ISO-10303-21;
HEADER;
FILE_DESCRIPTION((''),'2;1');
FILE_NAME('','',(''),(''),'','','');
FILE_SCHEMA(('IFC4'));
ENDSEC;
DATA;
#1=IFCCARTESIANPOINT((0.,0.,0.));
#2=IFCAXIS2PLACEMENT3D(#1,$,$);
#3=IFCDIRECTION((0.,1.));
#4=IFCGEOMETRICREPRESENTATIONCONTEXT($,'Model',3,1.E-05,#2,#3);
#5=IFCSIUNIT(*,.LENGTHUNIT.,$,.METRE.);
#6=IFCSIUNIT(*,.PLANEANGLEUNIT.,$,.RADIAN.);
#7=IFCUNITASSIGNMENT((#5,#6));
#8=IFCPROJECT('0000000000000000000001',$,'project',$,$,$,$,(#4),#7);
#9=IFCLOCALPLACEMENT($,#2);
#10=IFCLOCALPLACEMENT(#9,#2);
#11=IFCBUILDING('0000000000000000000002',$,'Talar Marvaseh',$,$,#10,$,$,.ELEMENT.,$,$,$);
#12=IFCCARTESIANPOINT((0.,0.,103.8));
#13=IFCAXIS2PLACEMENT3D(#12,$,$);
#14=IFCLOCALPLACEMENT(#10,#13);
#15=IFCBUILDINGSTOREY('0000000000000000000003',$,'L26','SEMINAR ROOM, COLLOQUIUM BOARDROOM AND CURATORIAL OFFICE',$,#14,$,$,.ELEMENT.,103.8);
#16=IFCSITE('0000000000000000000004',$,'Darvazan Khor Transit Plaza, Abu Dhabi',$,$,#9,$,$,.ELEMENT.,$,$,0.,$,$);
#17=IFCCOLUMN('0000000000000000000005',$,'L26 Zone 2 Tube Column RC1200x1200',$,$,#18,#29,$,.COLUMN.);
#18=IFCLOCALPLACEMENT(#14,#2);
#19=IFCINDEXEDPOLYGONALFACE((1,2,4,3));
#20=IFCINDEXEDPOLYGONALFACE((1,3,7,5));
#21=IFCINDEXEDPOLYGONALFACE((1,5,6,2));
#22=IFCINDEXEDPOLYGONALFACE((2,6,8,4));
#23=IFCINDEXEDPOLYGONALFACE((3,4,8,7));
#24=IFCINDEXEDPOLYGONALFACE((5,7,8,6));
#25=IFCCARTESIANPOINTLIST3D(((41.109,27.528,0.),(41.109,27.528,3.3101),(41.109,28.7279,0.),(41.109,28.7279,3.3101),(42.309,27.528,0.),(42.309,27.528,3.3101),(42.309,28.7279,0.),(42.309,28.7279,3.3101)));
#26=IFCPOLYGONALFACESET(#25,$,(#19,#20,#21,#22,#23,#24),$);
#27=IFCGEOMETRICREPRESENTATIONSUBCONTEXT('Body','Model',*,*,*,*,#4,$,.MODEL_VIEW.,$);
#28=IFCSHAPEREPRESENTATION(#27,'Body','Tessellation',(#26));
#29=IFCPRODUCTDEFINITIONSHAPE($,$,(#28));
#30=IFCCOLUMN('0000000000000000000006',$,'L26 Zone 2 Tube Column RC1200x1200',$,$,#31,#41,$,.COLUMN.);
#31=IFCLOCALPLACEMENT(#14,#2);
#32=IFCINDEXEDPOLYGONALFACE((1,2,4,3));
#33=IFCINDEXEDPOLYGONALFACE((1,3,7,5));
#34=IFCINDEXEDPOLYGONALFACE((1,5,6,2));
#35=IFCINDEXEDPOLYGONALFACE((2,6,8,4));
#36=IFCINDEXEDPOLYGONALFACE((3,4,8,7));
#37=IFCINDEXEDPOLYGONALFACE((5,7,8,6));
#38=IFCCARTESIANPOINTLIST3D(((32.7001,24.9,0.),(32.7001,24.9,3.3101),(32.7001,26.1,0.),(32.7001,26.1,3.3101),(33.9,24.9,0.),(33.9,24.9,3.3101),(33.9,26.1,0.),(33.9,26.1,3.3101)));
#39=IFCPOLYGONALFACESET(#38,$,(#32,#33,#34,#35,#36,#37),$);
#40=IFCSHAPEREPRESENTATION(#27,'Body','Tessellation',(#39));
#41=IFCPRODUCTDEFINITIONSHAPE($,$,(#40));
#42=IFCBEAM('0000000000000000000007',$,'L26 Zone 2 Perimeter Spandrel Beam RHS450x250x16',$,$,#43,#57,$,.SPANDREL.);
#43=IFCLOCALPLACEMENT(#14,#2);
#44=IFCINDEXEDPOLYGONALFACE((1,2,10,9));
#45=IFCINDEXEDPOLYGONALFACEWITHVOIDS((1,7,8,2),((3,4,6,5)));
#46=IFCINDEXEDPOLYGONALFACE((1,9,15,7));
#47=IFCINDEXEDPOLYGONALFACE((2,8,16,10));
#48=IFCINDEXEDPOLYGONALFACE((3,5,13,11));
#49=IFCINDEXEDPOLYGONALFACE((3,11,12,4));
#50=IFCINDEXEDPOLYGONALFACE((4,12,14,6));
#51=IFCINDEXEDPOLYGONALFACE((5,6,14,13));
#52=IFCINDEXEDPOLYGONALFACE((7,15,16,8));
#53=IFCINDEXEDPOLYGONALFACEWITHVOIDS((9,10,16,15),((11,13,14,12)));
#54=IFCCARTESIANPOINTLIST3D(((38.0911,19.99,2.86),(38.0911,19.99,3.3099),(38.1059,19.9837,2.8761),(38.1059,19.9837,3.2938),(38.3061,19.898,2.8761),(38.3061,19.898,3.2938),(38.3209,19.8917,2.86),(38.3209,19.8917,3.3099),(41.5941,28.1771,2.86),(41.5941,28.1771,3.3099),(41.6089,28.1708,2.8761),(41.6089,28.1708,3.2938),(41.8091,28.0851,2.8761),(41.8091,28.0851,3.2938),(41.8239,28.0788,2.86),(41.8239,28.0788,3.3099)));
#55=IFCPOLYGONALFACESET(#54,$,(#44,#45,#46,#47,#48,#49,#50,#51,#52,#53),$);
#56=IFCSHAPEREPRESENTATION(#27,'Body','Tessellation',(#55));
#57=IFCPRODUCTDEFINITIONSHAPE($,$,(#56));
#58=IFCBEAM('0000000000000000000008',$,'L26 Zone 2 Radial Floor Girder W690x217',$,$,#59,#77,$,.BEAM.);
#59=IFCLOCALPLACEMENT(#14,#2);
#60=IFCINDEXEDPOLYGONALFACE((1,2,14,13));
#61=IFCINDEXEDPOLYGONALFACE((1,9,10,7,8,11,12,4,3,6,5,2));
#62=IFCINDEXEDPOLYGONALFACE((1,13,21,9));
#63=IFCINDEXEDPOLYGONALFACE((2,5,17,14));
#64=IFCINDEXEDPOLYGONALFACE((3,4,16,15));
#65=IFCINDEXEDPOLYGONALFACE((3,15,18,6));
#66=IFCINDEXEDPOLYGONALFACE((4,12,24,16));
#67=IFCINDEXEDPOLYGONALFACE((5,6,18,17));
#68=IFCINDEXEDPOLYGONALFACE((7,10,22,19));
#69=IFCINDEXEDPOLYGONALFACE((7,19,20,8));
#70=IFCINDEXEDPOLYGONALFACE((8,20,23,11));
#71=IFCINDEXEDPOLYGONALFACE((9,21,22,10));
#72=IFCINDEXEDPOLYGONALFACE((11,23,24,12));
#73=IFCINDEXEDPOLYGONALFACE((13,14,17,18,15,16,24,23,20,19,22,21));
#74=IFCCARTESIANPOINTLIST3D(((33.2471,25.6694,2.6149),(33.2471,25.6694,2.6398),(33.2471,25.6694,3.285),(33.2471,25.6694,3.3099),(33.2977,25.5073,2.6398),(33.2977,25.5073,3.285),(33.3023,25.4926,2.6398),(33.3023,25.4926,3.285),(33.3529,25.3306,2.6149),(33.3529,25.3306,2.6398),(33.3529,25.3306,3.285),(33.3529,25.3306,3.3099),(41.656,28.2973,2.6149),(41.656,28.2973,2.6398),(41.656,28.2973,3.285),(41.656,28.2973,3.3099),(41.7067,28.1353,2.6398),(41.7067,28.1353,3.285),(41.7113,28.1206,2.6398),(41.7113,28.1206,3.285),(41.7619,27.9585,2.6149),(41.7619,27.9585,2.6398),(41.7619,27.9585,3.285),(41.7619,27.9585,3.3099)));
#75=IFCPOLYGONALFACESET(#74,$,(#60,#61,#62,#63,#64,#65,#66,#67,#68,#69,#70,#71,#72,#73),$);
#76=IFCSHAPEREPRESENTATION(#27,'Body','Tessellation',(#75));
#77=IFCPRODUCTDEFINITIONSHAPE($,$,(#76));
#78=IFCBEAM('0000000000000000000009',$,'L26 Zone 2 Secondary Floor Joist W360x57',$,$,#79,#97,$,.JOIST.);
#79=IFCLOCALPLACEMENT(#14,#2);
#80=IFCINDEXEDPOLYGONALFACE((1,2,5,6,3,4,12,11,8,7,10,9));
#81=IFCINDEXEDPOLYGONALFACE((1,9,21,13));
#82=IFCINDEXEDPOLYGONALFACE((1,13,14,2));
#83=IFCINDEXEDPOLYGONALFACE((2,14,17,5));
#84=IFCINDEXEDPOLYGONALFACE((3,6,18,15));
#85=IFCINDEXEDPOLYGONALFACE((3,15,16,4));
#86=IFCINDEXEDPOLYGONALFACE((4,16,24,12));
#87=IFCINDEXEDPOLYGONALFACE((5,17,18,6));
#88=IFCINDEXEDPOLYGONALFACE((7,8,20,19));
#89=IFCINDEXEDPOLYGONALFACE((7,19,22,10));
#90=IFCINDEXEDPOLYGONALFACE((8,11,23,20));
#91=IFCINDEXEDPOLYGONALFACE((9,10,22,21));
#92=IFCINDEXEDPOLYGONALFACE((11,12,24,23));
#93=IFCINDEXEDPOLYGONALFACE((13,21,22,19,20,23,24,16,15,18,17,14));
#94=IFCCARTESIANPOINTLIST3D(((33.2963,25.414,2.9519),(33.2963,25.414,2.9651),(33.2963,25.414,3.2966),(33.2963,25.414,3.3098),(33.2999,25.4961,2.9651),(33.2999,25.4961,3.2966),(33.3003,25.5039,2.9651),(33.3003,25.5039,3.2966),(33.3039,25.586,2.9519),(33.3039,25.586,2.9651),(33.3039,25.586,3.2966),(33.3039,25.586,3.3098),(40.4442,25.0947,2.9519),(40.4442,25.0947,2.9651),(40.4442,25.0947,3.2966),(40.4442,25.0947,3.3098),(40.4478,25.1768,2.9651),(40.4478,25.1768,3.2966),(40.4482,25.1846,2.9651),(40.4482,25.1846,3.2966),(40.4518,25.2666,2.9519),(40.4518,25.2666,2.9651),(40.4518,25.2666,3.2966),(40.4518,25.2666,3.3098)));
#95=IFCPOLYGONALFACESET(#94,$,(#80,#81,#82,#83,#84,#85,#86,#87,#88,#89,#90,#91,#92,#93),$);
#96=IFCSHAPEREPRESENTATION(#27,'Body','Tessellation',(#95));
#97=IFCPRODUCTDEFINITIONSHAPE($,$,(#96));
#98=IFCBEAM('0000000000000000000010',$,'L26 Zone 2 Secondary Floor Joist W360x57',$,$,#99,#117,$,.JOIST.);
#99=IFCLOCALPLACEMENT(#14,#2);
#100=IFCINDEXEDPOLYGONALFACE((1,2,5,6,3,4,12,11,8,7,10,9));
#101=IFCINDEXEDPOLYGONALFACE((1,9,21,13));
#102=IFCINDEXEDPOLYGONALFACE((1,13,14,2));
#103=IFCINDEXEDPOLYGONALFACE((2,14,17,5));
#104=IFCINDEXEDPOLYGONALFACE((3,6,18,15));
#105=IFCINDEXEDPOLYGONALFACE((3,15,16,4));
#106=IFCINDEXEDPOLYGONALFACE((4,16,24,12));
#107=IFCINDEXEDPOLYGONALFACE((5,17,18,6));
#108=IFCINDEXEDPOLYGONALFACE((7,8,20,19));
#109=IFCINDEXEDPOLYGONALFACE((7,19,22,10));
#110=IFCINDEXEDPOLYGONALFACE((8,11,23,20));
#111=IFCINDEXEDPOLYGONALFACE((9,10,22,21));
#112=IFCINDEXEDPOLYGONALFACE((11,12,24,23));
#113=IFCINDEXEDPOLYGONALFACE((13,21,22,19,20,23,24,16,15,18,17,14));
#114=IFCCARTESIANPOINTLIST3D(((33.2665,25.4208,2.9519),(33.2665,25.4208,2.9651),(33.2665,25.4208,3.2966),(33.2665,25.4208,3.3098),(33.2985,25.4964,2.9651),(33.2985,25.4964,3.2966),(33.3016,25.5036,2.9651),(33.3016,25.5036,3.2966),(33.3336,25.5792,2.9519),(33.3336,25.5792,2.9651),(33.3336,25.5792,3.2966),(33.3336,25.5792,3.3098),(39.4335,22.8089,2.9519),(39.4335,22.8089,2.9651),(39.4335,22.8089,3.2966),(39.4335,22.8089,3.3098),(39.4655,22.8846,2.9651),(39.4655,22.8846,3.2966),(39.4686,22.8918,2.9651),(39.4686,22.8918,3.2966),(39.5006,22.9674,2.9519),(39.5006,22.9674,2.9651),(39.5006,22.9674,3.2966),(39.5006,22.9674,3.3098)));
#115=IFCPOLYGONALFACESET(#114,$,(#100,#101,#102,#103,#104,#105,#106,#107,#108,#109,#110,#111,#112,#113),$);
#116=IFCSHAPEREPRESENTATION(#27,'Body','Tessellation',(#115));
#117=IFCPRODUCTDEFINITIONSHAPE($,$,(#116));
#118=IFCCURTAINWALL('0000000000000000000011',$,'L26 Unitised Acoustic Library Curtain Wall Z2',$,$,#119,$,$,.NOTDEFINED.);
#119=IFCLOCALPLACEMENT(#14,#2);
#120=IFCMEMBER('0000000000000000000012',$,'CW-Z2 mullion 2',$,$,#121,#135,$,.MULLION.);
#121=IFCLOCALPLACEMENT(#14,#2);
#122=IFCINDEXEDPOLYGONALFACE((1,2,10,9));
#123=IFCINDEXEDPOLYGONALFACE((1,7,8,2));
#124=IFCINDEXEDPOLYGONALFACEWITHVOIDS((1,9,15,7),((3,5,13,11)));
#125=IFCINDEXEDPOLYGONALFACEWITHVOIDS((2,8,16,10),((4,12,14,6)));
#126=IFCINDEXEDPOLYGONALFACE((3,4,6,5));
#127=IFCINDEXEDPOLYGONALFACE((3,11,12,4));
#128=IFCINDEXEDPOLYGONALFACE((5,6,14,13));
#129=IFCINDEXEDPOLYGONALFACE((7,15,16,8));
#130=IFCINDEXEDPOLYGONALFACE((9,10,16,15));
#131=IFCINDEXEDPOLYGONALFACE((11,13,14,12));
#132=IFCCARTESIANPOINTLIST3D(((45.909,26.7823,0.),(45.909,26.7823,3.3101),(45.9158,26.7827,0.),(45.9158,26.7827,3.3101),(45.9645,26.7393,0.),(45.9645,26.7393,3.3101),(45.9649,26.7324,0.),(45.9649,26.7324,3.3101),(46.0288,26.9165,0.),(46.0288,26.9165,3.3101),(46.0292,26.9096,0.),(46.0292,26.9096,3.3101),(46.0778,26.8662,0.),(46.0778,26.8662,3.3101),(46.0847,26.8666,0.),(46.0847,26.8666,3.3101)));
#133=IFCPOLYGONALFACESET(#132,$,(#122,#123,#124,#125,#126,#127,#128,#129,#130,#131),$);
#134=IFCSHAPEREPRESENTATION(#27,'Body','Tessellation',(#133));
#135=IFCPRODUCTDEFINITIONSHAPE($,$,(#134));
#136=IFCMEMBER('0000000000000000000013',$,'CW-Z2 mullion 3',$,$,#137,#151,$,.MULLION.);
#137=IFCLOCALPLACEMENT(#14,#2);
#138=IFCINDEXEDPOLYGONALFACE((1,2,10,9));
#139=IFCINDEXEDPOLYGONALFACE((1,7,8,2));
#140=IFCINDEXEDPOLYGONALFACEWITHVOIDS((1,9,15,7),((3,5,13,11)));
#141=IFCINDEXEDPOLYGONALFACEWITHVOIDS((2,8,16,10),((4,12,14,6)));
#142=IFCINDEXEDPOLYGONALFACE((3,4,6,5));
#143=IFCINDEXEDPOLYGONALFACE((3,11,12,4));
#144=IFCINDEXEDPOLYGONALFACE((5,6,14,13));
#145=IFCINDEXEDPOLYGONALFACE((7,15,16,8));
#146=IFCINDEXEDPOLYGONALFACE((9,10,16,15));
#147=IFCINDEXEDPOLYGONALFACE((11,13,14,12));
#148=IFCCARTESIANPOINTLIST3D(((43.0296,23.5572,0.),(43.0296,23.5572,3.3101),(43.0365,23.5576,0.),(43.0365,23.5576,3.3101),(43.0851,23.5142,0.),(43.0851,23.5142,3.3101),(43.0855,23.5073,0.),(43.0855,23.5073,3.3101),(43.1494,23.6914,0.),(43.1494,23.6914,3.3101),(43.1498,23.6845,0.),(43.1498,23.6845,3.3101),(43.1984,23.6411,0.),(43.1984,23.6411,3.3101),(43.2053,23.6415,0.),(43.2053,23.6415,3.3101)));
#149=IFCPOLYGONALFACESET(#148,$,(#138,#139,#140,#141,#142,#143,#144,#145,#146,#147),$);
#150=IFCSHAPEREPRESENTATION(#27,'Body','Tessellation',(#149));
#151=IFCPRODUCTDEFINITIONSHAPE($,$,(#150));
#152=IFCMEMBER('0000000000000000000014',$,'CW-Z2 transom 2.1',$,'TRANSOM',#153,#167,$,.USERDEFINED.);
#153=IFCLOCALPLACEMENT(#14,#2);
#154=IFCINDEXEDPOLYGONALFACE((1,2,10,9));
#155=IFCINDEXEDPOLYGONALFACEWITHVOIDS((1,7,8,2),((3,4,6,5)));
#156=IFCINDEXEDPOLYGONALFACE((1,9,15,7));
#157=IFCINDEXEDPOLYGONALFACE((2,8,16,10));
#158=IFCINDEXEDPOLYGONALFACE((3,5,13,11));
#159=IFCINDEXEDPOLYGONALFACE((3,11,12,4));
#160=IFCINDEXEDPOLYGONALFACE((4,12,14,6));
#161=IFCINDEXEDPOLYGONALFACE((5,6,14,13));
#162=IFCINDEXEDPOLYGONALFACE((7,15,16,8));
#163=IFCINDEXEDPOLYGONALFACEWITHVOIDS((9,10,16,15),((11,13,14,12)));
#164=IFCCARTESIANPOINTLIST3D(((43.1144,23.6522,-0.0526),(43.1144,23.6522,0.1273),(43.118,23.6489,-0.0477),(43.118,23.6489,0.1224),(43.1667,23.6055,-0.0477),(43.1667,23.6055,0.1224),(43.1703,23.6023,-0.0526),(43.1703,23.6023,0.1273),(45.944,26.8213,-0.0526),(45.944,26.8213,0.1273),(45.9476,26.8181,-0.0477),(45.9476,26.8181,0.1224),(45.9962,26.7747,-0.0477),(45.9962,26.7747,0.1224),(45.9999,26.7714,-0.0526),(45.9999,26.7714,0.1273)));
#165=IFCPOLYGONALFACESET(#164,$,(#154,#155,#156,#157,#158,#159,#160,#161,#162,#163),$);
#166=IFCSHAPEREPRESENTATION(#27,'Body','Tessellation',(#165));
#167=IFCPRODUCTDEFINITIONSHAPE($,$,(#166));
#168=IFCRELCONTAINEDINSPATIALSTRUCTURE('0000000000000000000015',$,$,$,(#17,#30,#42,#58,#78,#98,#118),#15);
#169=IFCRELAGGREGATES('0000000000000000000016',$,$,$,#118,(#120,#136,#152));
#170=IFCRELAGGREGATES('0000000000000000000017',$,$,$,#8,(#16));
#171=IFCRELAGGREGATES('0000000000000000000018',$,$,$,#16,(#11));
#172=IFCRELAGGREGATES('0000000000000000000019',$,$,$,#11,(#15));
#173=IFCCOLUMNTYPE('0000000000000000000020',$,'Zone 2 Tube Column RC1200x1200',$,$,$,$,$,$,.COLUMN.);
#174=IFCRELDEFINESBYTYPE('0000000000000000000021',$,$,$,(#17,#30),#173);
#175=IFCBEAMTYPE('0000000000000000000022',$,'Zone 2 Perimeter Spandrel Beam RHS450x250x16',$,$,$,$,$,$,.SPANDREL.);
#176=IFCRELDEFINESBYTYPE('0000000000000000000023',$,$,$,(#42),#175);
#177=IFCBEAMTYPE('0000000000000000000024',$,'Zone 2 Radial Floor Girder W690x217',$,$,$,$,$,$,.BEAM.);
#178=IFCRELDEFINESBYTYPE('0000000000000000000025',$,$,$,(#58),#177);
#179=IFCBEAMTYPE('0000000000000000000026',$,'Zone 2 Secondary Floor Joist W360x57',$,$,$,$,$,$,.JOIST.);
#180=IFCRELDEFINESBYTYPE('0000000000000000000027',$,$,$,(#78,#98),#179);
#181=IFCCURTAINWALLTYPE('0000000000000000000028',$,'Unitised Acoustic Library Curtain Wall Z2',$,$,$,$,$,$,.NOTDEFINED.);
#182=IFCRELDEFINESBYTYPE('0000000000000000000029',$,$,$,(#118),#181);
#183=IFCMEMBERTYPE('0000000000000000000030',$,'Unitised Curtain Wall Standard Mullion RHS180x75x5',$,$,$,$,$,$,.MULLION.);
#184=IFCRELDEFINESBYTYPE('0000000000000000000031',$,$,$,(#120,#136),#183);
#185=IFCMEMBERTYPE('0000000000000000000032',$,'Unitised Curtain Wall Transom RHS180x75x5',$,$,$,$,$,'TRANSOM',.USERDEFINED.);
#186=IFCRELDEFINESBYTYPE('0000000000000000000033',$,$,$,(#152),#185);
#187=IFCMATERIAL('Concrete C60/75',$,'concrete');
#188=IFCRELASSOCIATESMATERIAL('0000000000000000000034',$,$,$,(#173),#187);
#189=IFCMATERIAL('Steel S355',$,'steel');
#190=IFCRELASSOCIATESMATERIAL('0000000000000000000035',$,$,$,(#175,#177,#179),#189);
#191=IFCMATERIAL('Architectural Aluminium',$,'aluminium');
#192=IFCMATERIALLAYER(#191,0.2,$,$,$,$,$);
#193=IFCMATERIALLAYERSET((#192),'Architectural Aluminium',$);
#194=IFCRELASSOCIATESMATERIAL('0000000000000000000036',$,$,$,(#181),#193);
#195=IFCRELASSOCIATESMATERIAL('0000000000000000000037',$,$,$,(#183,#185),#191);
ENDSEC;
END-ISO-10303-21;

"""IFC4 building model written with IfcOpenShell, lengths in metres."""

from ifc_helpers import new_model, si_unit, direction, frame, origin, origin_2d, place, context, subcontext, project, spatial, rectangle, hollow_rectangle, i_section, extrude, source, transform, mapped, material, layer, layer_set, material_profile, profile_set, type_object, type_shapes, element, aggregate, save


model = new_model("IFC4")

# Units and contexts
model_context = context("Model", 3, precision=1e-05, world=origin(), true_north=direction((0.0, 1.0)))
body_context = subcontext(model_context, "Body", "Model", "MODEL_VIEW")
ifc_project = project(units=[si_unit("LENGTHUNIT", "METRE"), si_unit("PLANEANGLEUNIT", "RADIAN")], contexts=[model_context])

# Site, building, storey
site_placement = place(None, origin())
site = spatial("IfcSite", under=ifc_project, at=site_placement, Name="Darvazan Khor Transit Plaza, Abu Dhabi", CompositionType="ELEMENT", RefElevation=0.0)
building_placement = place(site_placement, origin())
building = spatial("IfcBuilding", under=site, at=building_placement, Name="Talar Marvaseh", CompositionType="ELEMENT")
storey_placement = place(building_placement, frame((0.0, 0.0, 103.8)))
storey = spatial("IfcBuildingStorey", under=building, at=storey_placement, Name="L26", Description="SEMINAR ROOM, COLLOQUIUM BOARDROOM AND CURATORIAL OFFICE", CompositionType="ELEMENT", Elevation=103.8)

# Columns
ifc_material_1 = material(Name="Concrete C60/75", Category="concrete")
ifc_material_profile_1 = material_profile(ifc_material_1, rectangle(XDim=1.2, YDim=1.2, at=origin_2d()), Name="RC1200x1200")
ifc_profile_set_1 = profile_set([ifc_material_profile_1], Name="Concrete C60/75")
column_type = type_object("IfcColumnType", Name="Zone 2 Tube Column RC1200x1200", PredefinedType="COLUMN", material=ifc_profile_set_1)
for number, where, z_axis, x_axis, name in (
    (1, (41.709, 28.1279, 0.0), (0.0, 0.0, 1.0), (1.0, 0.0, 0.0), "L26 Zone 2 Tube Column RC1200x1200"),
    (2, (33.3, 25.5, 0.0), (0.0, 0.0, 1.0), (1.0, 0.0, 0.0), "L26 Zone 2 Tube Column RC1200x1200"),
):
    element("IfcColumn", number, at=place(storey_placement, frame(where, z_axis=z_axis, x_axis=x_axis)), inside=storey, type_object=column_type, Name=name, PredefinedType="COLUMN", context=body_context, shape_type="SweptSolid", body=[
        extrude(rectangle(XDim=1.2, YDim=1.2, at=origin_2d()), origin(), (0.0, 0.0, 1.0), 3.3101),
    ])

# Beams
ifc_material_2 = material(Name="Steel S355", Category="steel")
ifc_material_profile_2 = material_profile(ifc_material_2, hollow_rectangle(XDim=0.25, YDim=0.45, WallThickness=0.0161, at=origin_2d()), Name="RHS450x250x16")
ifc_profile_set_2 = profile_set([ifc_material_profile_2], Name="Steel S355")
beam_type_1 = type_object("IfcBeamType", Name="Zone 2 Perimeter Spandrel Beam RHS450x250x16", PredefinedType="SPANDREL", material=ifc_profile_set_2)
beam_1_placement = place(storey_placement, frame((41.709, 28.1279, 3.085), z_axis=(-0.39337, -0.91938, 0.0), x_axis=(0.91938, -0.39337, 0.0)))
element("IfcBeam", 3, at=beam_1_placement, inside=storey, type_object=beam_type_1, Name="L26 Zone 2 Perimeter Spandrel Beam RHS450x250x16", PredefinedType="SPANDREL", context=body_context, shape_type="SweptSolid", body=[
    extrude(hollow_rectangle(XDim=0.25, YDim=0.45, WallThickness=0.0161, at=origin_2d()), origin(), (0.0, 0.0, 1.0), 8.905),
])
ifc_material_profile_3 = material_profile(ifc_material_2, i_section(OverallWidth=0.355, OverallDepth=0.6951, WebThickness=0.0154, FlangeThickness=0.0249, at=origin_2d()), Name="W690x217")
ifc_profile_set_3 = profile_set([ifc_material_profile_3], Name="Steel S355")
beam_type_2 = type_object("IfcBeamType", Name="Zone 2 Radial Floor Girder W690x217", PredefinedType="BEAM", material=ifc_profile_set_3)
beam_2_placement = place(storey_placement, frame((41.709, 28.1279, 2.9624), z_axis=(-0.954476, -0.298289, 0.0), x_axis=(0.298289, -0.954476, 0.0)))
element("IfcBeam", 4, at=beam_2_placement, inside=storey, type_object=beam_type_2, Name="L26 Zone 2 Radial Floor Girder W690x217", PredefinedType="BEAM", context=body_context, shape_type="SweptSolid", body=[
    extrude(i_section(OverallWidth=0.355, OverallDepth=0.6951, WebThickness=0.0154, FlangeThickness=0.0249, at=origin_2d()), origin(), (0.0, 0.0, 1.0), 8.8101),
])
ifc_material_profile_4 = material_profile(ifc_material_2, i_section(OverallWidth=0.1721, OverallDepth=0.3579, WebThickness=0.0078, FlangeThickness=0.0132, at=origin_2d()), Name="W360x57")
ifc_profile_set_4 = profile_set([ifc_material_profile_4], Name="Steel S355")
beam_type_3 = type_object("IfcBeamType", Name="Zone 2 Secondary Floor Joist W360x57", PredefinedType="JOIST", material=ifc_profile_set_4)
beam_3_placement = place(storey_placement, frame((40.448, 25.1807, 3.1309), z_axis=(-0.999004, 0.044631, 0.0), x_axis=(-0.044631, -0.999004, 0.0)))
element("IfcBeam", 5, at=beam_3_placement, inside=storey, type_object=beam_type_3, Name="L26 Zone 2 Secondary Floor Joist W360x57", PredefinedType="JOIST", context=body_context, shape_type="SweptSolid", body=[
    extrude(i_section(OverallWidth=0.1721, OverallDepth=0.3579, WebThickness=0.0078, FlangeThickness=0.0132, at=origin_2d()), origin(), (0.0, 0.0, 1.0), 7.155),
])
beam_4_placement = place(storey_placement, frame((39.467, 22.8882, 3.1309), z_axis=(-0.920822, 0.389982, 0.0), x_axis=(-0.389982, -0.920822, 0.0)))
element("IfcBeam", 6, at=beam_4_placement, inside=storey, type_object=beam_type_3, Name="L26 Zone 2 Secondary Floor Joist W360x57", PredefinedType="JOIST", context=body_context, shape_type="SweptSolid", body=[
    extrude(i_section(OverallWidth=0.1721, OverallDepth=0.3579, WebThickness=0.0078, FlangeThickness=0.0132, at=origin_2d()), origin(), (0.0, 0.0, 1.0), 6.6973),
])

# Curtain wall, members
ifc_material_3 = material(Name="Architectural Aluminium", Category="aluminium")
ifc_layer_1 = layer(ifc_material_3, 0.2)
ifc_layer_set_1 = layer_set([ifc_layer_1], Name="Architectural Aluminium")
curtain_wall_type = type_object("IfcCurtainWallType", Name="Unitised Acoustic Library Curtain Wall Z2", PredefinedType="NOTDEFINED", material=ifc_layer_set_1)
curtain_wall_placement = place(storey_placement, origin())
curtain_wall = element("IfcCurtainWall", 7, at=curtain_wall_placement, inside=storey, type_object=curtain_wall_type, Name="L26 Unitised Acoustic Library Curtain Wall Z2", PredefinedType="NOTDEFINED")
ifc_material_profile_5 = material_profile(ifc_material_3, hollow_rectangle(XDim=0.075, YDim=0.1799, WallThickness=0.0049, at=origin_2d()), Name="RHS180x75x5")
ifc_profile_set_5 = profile_set([ifc_material_profile_5], Name="Architectural Aluminium")
member_type_1 = type_object("IfcMemberType", Name="Unitised Curtain Wall Standard Mullion RHS180x75x5", PredefinedType="MULLION", material=ifc_profile_set_5)
shared_shape_1 = source(origin(), body_context, "Body", "SweptSolid", [
    extrude(hollow_rectangle(XDim=0.075, YDim=0.1799, WallThickness=0.0049, at=origin_2d()), origin(), (0.0, 0.0, 1.0), 3.3101),
])
type_shapes(member_type_1, [shared_shape_1])
member_1_placement = place(storey_placement, frame((45.9968, 26.8245, 0.0), z_axis=(0.0, 0.0, 1.0), x_axis=(0.745953, -0.665999, 0.0)))
member_1 = element("IfcMember", 8, at=member_1_placement, type_object=member_type_1, Name="CW-Z2 mullion 2", PredefinedType="MULLION", context=body_context, shape_type="MappedRepresentation", body=[
    mapped(shared_shape_1, transform((0.0, 0.0, 0.0), x_axis=(1.0, 0.0, 0.0), y_axis=(0.0, 1.0, 0.0), z_axis=(0.0, 0.0, 1.0), scale=1.0)),
])
member_2_placement = place(storey_placement, frame((43.1174, 23.5994, 0.0), z_axis=(0.0, 0.0, 1.0), x_axis=(0.745953, -0.665999, 0.0)))
member_2 = element("IfcMember", 9, at=member_2_placement, type_object=member_type_1, Name="CW-Z2 mullion 3", PredefinedType="MULLION", context=body_context, shape_type="MappedRepresentation", body=[
    mapped(shared_shape_1, transform((0.0, 0.0, 0.0), x_axis=(1.0, 0.0, 0.0), y_axis=(0.0, 1.0, 0.0), z_axis=(0.0, 0.0, 1.0), scale=1.0)),
])
ifc_material_profile_6 = material_profile(ifc_material_3, hollow_rectangle(XDim=0.075, YDim=0.1799, WallThickness=0.0049, at=origin_2d()), Name="RHS180x75x5")
ifc_profile_set_6 = profile_set([ifc_material_profile_6], Name="Architectural Aluminium")
member_type_2 = type_object("IfcMemberType", Name="Unitised Curtain Wall Transom RHS180x75x5", ElementType="TRANSOM", PredefinedType="USERDEFINED", material=ifc_profile_set_6)
shared_shape_2 = source(origin(), body_context, "Body", "SweptSolid", [
    extrude(hollow_rectangle(XDim=0.075, YDim=0.1799, WallThickness=0.0049, at=origin_2d()), origin(), (0.0, 0.0, 1.0), 4.2485),
])
type_shapes(member_type_2, [shared_shape_2])
member_3_placement = place(storey_placement, frame((45.9719, 26.7964, 0.0374), z_axis=(-0.66601, -0.745943, 0.0), x_axis=(0.745943, -0.66601, 0.0)))
member_3 = element("IfcMember", 10, at=member_3_placement, type_object=member_type_2, Name="CW-Z2 transom 2.1", ObjectType="TRANSOM", PredefinedType="USERDEFINED", context=body_context, shape_type="MappedRepresentation", body=[
    mapped(shared_shape_2, transform((0.0, 0.0, 0.0), x_axis=(1.0, 0.0, 0.0), y_axis=(0.0, 1.0, 0.0), z_axis=(0.0, 0.0, 1.0), scale=1.0)),
])
aggregate(curtain_wall, [member_1, member_2, member_3])

save(model, "model.ifc")
